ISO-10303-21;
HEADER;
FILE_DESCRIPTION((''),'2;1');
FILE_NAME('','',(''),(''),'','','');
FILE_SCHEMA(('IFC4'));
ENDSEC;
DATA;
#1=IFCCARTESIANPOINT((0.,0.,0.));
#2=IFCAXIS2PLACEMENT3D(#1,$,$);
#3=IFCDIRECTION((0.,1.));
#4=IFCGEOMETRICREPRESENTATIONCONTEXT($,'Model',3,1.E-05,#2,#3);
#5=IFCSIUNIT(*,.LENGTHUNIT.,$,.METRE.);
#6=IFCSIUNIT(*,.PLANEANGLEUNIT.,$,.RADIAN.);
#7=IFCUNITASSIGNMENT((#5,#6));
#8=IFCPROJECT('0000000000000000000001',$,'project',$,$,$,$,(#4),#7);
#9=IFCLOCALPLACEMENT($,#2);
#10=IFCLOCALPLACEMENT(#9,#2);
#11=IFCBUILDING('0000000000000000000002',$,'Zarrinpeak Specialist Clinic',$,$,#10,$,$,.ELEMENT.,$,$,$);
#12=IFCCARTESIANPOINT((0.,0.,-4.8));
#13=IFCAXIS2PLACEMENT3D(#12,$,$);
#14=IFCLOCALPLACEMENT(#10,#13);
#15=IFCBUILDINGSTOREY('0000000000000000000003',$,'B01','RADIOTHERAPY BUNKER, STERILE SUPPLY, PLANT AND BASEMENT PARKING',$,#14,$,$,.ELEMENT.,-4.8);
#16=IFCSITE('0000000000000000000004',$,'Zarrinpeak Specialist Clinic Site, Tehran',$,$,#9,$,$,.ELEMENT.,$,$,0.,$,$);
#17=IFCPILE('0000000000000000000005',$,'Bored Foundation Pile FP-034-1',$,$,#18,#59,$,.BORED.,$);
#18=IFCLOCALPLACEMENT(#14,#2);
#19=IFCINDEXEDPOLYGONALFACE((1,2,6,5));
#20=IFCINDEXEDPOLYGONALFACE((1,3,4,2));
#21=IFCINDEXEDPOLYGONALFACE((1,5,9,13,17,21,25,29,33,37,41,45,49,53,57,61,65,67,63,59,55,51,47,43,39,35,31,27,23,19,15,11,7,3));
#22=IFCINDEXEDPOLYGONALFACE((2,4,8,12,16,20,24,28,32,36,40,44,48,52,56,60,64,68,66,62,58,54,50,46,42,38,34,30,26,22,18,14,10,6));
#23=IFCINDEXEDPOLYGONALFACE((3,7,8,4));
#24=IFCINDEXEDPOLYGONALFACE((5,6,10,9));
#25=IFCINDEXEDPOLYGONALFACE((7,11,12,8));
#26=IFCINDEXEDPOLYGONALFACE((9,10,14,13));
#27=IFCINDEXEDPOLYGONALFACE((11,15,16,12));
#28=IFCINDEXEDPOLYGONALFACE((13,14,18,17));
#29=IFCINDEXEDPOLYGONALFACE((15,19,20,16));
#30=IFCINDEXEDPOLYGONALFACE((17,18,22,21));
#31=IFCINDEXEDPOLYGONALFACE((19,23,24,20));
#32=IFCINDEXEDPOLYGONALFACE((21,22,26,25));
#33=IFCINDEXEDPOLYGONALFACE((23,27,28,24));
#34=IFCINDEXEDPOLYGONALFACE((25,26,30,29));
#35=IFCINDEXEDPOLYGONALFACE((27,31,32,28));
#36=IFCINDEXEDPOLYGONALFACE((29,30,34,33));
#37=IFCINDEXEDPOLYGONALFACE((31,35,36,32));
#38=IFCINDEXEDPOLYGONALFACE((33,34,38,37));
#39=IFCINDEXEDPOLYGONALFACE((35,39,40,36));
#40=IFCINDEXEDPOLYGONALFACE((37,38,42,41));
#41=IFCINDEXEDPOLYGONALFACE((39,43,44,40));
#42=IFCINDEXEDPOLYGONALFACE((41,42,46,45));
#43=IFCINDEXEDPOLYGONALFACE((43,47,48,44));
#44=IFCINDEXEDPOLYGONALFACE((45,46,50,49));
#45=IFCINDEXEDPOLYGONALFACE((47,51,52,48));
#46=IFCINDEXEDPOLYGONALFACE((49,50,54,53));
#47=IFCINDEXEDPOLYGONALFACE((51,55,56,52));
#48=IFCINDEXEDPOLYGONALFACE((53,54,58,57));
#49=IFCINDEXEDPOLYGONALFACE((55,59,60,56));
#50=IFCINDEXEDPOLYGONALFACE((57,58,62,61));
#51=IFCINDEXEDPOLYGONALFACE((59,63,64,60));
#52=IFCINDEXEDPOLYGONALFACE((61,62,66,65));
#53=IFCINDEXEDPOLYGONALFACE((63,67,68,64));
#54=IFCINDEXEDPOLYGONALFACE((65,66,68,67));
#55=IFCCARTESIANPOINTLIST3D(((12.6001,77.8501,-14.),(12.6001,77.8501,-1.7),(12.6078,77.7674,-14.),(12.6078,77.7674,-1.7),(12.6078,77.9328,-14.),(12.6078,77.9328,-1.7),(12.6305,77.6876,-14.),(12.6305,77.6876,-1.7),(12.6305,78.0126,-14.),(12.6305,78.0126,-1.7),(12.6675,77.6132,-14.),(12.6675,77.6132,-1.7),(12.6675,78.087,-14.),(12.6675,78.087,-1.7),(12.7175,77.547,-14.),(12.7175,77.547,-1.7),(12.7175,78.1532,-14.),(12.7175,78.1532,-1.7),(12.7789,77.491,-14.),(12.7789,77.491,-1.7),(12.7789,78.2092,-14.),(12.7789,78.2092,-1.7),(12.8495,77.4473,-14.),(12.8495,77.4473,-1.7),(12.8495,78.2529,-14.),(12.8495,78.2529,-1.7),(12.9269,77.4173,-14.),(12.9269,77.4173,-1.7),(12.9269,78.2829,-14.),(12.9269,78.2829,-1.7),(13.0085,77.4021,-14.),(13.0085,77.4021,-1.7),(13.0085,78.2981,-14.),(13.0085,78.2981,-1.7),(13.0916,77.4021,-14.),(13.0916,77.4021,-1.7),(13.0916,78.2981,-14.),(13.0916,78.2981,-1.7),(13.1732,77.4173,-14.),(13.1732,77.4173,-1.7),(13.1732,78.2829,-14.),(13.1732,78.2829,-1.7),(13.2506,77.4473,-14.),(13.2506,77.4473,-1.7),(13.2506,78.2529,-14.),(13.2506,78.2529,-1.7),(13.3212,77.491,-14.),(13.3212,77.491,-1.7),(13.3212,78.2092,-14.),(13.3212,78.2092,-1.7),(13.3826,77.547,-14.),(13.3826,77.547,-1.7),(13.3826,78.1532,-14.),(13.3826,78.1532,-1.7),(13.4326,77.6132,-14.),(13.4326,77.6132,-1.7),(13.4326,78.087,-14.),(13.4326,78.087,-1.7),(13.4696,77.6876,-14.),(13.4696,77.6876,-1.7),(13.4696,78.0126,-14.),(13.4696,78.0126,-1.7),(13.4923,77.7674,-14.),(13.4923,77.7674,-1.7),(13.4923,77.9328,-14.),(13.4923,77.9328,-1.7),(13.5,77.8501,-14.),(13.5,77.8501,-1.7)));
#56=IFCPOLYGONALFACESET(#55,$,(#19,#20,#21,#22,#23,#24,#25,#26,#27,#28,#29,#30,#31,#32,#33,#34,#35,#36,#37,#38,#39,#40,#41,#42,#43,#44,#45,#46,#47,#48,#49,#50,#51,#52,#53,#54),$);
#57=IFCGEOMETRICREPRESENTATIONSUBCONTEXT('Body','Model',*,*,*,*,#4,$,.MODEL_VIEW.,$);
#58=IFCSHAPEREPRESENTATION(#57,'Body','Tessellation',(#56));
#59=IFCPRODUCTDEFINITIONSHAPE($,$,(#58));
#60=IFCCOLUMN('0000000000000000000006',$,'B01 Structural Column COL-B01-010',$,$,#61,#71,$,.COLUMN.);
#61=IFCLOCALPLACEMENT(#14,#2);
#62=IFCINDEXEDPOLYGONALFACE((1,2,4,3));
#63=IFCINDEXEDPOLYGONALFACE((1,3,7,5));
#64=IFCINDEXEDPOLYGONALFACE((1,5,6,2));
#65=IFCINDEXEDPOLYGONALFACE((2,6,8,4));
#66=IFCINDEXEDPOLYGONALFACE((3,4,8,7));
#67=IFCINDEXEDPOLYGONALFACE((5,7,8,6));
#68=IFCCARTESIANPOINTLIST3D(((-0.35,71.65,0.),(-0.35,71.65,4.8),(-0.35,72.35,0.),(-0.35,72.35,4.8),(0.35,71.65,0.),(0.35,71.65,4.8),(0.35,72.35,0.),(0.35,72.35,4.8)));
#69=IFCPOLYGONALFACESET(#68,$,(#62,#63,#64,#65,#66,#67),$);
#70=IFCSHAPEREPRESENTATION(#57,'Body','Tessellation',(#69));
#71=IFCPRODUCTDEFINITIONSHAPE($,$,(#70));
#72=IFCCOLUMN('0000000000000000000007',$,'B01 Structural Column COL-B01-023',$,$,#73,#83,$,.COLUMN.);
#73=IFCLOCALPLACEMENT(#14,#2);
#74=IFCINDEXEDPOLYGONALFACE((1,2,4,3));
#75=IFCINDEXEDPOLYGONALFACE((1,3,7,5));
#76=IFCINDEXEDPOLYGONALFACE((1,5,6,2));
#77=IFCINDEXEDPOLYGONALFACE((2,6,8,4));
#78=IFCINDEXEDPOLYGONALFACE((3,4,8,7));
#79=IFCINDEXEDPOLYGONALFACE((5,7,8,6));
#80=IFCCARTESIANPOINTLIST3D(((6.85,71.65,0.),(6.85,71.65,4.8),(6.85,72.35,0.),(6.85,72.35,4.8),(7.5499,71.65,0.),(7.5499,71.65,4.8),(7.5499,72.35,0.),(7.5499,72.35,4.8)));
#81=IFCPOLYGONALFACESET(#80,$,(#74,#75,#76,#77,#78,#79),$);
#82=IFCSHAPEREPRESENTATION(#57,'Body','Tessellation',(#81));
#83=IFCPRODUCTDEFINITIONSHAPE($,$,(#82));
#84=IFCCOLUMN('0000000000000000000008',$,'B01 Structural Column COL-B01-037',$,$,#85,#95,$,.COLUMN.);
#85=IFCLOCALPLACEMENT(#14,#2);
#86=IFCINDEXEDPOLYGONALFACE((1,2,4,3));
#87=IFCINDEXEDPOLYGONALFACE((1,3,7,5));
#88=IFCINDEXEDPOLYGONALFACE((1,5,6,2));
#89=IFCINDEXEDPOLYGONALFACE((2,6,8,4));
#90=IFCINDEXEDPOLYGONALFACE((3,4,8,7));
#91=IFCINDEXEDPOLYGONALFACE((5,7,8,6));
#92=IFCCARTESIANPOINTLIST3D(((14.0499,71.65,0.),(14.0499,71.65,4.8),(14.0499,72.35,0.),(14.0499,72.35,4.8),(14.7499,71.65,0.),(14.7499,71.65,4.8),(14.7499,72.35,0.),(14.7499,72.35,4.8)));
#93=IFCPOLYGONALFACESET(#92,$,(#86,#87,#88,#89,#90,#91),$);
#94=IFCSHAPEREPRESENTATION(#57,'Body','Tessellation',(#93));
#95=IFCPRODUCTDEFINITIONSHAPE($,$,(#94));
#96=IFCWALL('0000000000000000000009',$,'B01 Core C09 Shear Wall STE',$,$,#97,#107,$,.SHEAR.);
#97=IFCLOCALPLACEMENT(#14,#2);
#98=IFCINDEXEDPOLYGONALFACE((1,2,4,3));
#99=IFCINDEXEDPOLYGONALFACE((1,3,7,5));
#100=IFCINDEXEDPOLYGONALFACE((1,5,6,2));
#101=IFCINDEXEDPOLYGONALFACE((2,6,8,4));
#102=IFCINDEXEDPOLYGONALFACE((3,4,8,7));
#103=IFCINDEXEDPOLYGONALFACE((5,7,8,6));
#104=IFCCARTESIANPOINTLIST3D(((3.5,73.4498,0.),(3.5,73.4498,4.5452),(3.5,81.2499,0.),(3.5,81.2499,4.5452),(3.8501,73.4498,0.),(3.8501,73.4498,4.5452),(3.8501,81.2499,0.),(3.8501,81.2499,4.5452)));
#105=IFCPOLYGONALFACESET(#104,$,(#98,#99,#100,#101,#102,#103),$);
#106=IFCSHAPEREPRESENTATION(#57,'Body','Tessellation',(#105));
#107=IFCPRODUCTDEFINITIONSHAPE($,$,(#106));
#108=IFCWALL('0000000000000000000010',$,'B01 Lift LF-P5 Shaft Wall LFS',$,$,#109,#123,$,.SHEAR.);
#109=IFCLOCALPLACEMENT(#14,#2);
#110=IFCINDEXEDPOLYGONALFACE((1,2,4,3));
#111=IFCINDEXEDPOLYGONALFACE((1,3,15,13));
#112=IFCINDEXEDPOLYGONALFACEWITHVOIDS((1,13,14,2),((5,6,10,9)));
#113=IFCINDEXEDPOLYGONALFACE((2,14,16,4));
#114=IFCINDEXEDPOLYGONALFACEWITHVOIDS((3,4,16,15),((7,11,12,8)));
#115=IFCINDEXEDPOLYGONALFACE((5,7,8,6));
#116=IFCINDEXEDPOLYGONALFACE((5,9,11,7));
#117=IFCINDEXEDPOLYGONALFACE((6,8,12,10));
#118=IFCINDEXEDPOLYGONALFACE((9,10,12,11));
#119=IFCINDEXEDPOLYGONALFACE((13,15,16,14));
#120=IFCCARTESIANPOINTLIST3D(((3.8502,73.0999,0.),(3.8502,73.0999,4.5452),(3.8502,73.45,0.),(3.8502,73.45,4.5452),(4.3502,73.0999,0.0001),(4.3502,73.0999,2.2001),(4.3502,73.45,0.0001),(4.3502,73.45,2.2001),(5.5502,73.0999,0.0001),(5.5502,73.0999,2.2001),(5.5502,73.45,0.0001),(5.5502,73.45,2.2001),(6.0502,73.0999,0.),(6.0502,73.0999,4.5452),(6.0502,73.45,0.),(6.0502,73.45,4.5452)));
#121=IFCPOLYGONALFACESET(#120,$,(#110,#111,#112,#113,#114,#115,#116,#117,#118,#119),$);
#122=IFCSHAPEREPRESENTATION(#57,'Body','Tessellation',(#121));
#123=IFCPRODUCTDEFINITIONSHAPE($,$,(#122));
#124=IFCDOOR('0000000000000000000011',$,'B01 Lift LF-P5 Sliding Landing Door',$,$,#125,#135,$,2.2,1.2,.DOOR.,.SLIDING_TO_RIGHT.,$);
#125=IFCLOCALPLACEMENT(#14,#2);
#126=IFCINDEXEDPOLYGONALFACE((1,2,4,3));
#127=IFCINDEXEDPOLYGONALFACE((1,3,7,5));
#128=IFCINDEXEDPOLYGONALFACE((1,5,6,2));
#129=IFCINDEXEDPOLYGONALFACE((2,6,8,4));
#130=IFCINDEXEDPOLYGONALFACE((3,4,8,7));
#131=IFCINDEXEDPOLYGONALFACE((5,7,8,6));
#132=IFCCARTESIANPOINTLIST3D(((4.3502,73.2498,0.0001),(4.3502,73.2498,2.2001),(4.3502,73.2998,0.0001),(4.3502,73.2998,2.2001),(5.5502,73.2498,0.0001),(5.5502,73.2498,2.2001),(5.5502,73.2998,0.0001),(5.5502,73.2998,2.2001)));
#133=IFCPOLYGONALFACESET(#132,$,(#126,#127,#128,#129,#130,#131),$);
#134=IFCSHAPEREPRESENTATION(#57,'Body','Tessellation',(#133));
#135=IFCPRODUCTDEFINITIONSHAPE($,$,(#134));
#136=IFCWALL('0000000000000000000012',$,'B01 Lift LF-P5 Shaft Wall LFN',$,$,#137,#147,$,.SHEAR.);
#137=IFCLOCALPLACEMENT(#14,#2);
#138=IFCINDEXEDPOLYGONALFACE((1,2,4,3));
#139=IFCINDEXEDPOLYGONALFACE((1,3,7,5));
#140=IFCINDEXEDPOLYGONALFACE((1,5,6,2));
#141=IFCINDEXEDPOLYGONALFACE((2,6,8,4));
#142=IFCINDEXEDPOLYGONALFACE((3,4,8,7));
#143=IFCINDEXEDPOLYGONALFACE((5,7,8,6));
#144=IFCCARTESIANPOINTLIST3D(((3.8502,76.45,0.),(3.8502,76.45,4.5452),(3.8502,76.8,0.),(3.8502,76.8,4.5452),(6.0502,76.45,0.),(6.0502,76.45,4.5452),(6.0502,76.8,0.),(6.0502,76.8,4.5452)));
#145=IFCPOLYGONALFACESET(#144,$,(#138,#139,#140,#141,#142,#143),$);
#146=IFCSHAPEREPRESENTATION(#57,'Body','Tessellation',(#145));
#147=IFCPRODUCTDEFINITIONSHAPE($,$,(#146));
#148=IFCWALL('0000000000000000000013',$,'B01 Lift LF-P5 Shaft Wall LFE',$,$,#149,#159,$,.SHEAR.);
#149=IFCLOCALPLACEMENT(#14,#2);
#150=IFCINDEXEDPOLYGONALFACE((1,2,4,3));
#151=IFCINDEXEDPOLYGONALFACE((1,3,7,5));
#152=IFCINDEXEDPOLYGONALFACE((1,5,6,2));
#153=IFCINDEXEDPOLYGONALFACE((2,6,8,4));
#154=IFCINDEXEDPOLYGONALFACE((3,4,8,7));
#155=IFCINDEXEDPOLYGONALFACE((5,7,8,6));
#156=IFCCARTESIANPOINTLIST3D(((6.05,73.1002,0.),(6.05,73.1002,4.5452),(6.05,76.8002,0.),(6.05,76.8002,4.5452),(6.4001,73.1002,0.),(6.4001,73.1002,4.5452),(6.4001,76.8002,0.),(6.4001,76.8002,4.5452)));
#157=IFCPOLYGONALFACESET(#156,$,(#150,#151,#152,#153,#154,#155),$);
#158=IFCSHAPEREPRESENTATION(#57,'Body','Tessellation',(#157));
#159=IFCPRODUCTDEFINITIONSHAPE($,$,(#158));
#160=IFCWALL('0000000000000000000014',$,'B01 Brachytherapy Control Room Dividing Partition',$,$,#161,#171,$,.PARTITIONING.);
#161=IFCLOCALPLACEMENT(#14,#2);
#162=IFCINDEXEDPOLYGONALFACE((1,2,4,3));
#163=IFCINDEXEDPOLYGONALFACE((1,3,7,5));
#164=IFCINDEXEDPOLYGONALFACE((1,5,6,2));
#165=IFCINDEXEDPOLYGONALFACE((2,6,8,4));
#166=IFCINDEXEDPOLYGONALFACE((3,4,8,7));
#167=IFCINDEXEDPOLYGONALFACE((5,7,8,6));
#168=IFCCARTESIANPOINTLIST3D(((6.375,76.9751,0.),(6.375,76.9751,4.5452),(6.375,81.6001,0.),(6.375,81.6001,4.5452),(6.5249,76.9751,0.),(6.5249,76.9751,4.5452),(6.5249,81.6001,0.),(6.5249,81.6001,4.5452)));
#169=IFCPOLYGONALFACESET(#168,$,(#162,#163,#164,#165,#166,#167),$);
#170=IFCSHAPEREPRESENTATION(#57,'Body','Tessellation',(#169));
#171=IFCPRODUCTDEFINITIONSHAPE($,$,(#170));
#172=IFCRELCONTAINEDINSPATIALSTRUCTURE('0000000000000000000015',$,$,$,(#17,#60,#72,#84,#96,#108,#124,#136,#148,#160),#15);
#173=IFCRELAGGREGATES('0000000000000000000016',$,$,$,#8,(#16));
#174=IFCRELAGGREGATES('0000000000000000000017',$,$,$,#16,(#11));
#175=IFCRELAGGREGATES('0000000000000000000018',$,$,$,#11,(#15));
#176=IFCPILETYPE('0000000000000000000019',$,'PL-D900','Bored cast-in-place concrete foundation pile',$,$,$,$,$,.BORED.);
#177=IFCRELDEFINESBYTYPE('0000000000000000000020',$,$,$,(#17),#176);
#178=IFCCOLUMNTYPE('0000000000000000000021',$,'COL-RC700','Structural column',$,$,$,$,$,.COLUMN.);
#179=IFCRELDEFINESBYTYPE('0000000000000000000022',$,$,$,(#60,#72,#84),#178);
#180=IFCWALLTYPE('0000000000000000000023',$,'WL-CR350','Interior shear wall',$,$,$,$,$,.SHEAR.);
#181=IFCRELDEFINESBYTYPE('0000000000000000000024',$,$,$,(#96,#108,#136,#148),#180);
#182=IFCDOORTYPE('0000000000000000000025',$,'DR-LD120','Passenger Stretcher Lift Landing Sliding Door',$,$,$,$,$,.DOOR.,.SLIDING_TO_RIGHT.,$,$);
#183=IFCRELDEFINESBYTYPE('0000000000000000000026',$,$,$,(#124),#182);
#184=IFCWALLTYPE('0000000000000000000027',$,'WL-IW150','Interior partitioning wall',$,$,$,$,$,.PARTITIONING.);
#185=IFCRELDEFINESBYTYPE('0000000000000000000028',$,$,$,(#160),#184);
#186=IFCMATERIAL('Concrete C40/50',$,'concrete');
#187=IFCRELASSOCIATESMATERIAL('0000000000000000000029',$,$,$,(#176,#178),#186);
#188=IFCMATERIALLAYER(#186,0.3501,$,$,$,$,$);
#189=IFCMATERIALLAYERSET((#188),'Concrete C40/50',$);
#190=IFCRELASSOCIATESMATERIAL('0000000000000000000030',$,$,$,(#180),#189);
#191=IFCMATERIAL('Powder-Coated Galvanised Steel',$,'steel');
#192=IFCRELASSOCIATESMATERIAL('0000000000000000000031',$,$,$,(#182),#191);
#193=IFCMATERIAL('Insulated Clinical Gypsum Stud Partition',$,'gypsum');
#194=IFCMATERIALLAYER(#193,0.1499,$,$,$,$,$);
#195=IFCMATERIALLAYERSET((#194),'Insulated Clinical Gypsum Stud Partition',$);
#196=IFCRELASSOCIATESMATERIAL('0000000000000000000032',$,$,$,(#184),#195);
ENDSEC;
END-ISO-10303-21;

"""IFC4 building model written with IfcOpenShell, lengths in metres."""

from ifc_helpers import new_model, si_unit, direction, frame, frame_2d, origin, origin_2d, place, context, subcontext, project, spatial, rectangle, circle, extrude, material, layer, layer_set, material_profile, profile_set, type_object, element, fill, save


model = new_model("IFC4")

# Units and contexts
model_context = context("Model", 3, precision=1e-05, world=origin(), true_north=direction((0.0, 1.0)))
body_context = subcontext(model_context, "Body", "Model", "MODEL_VIEW")
ifc_project = project(units=[si_unit("LENGTHUNIT", "METRE"), si_unit("PLANEANGLEUNIT", "RADIAN")], contexts=[model_context])

# Site, building, storey
site_placement = place(None, origin())
site = spatial("IfcSite", under=ifc_project, at=site_placement, Name="Zarrinpeak Specialist Clinic Site, Tehran", CompositionType="ELEMENT", RefElevation=0.0)
building_placement = place(site_placement, origin())
building = spatial("IfcBuilding", under=site, at=building_placement, Name="Zarrinpeak Specialist Clinic", CompositionType="ELEMENT")
storey_placement = place(building_placement, frame((0.0, 0.0, -4.8)))
storey = spatial("IfcBuildingStorey", under=building, at=storey_placement, Name="B01", Description="RADIOTHERAPY BUNKER, STERILE SUPPLY, PLANT AND BASEMENT PARKING", CompositionType="ELEMENT", Elevation=-4.8)

# Shared definitions
ifc_material_1 = material(Name="Concrete C40/50", Category="concrete")

# Pile
ifc_material_profile_1 = material_profile(ifc_material_1, circle(Radius=0.45, at=origin_2d()), Name="BORED PILE D900")
ifc_profile_set_1 = profile_set([ifc_material_profile_1], Name="Concrete C40/50")
pile_type = type_object("IfcPileType", Name="PL-D900", Description="Bored cast-in-place concrete foundation pile", PredefinedType="BORED", material=ifc_profile_set_1)
for number, where, z_axis, x_axis, name in (
    (1, (13.05, 77.8501, -1.7), (0.0, 0.0, -1.0), (1.0, 0.0, 0.0), "Bored Foundation Pile FP-034-1"),
):
    element("IfcPile", number, at=place(storey_placement, frame(where, z_axis=z_axis, x_axis=x_axis)), inside=storey, type_object=pile_type, Name=name, PredefinedType="BORED", context=body_context, shape_type="SweptSolid", body=[
        extrude(circle(Radius=0.45, at=origin_2d()), origin(), (0.0, 0.0, 1.0), 12.3),
    ])

# Columns
ifc_material_profile_2 = material_profile(ifc_material_1, rectangle(XDim=0.7, YDim=0.7, at=origin_2d()), Name="RC 700x700")
ifc_profile_set_2 = profile_set([ifc_material_profile_2], Name="Concrete C40/50")
column_type = type_object("IfcColumnType", Name="COL-RC700", Description="Structural column", PredefinedType="COLUMN", material=ifc_profile_set_2)
for number, where, z_axis, x_axis, name in (
    (2, (0.0, 72.0, 0.0), (0.0, 0.0, 1.0), (1.0, 0.0, 0.0), "B01 Structural Column COL-B01-010"),
    (3, (7.2, 72.0, 0.0), (0.0, 0.0, 1.0), (1.0, 0.0, 0.0), "B01 Structural Column COL-B01-023"),
    (4, (14.3999, 72.0, 0.0), (0.0, 0.0, 1.0), (1.0, 0.0, 0.0), "B01 Structural Column COL-B01-037"),
):
    element("IfcColumn", number, at=place(storey_placement, frame(where, z_axis=z_axis, x_axis=x_axis)), inside=storey, type_object=column_type, Name=name, PredefinedType="COLUMN", context=body_context, shape_type="SweptSolid", body=[
        extrude(rectangle(XDim=0.7, YDim=0.7, at=origin_2d()), origin(), (0.0, 0.0, 1.0), 4.8),
    ])

# Shared definitions
ifc_layer_1 = layer(ifc_material_1, 0.3501)
ifc_layer_set_1 = layer_set([ifc_layer_1], Name="Concrete C40/50")
wall_type_1 = type_object("IfcWallType", Name="WL-CR350", Description="Interior shear wall", PredefinedType="SHEAR", material=ifc_layer_set_1)
ifc_material_2 = material(Name="Powder-Coated Galvanised Steel", Category="steel")

# Wall
wall_1_placement = place(storey_placement, frame((3.675, 73.45, 0.0), z_axis=(0.0, 0.0, 1.0), x_axis=(0.0, 1.0, 0.0)))
element("IfcWall", 5, at=wall_1_placement, inside=storey, type_object=wall_type_1, Name="B01 Core C09 Shear Wall STE", PredefinedType="SHEAR", context=body_context, shape_type="SweptSolid", body=[
    extrude(rectangle(XDim=7.8, YDim=0.3501, at=frame_2d((3.8999, 0.0))), origin(), (0.0, 0.0, 1.0), 4.5452),
])

# Wall, opening, door
wall_2_placement = place(storey_placement, frame((3.8501, 73.2749, 0.0), z_axis=(0.0, 0.0, 1.0), x_axis=(1.0, 0.0, 0.0)))
wall_2 = element("IfcWall", 6, at=wall_2_placement, inside=storey, type_object=wall_type_1, Name="B01 Lift LF-P5 Shaft Wall LFS", PredefinedType="SHEAR", context=body_context, shape_type="SweptSolid", body=[
    extrude(rectangle(XDim=2.2, YDim=0.3501, at=frame_2d((1.1001, 0.0))), origin(), (0.0, 0.0, 1.0), 4.5452),
])
opening_1_placement = place(wall_2_placement, frame((0.5, 0.0, 0.0)))
opening_1 = element("IfcOpeningElement", 7, at=opening_1_placement, cuts=wall_2, PredefinedType="OPENING", context=body_context, shape_type="SweptSolid", body=[
    extrude(rectangle(XDim=1.2, YDim=2.2, at=frame_2d((0.6001, 1.1001))), frame((0.0, 0.1851, 0.0), z_axis=(0.0, -1.0, 0.0), x_axis=(1.0, 0.0, 0.0)), (0.0, 0.0, 1.0), 0.3701),
])
door_type_1 = type_object("IfcDoorType", Name="DR-LD120", Description="Passenger Stretcher Lift Landing Sliding Door", OperationType="SLIDING_TO_RIGHT", PredefinedType="DOOR", material=ifc_material_2)
door_1_placement = place(opening_1_placement, origin())
door_1 = element("IfcDoor", 8, at=door_1_placement, inside=storey, type_object=door_type_1, Name="B01 Lift LF-P5 Sliding Landing Door", OperationType="SLIDING_TO_RIGHT", OverallHeight=2.2, OverallWidth=1.2, PredefinedType="DOOR", context=body_context, shape_type="SweptSolid", body=[
    extrude(rectangle(XDim=1.2, YDim=2.2, at=frame_2d((0.6001, 1.1001))), frame((0.0, 0.0249, 0.0), z_axis=(0.0, -1.0, 0.0), x_axis=(1.0, 0.0, 0.0)), (0.0, 0.0, 1.0), 0.05),
])
fill(opening_1, door_1)

# Walls
wall_3_placement = place(storey_placement, frame((3.8501, 76.625, 0.0), z_axis=(0.0, 0.0, 1.0), x_axis=(1.0, 0.0, 0.0)))
element("IfcWall", 9, at=wall_3_placement, inside=storey, type_object=wall_type_1, Name="B01 Lift LF-P5 Shaft Wall LFN", PredefinedType="SHEAR", context=body_context, shape_type="SweptSolid", body=[
    extrude(rectangle(XDim=2.2, YDim=0.3501, at=frame_2d((1.1001, 0.0))), origin(), (0.0, 0.0, 1.0), 4.5452),
])
wall_4_placement = place(storey_placement, frame((6.2251, 73.1001, 0.0), z_axis=(0.0, 0.0, 1.0), x_axis=(0.0, 1.0, 0.0)))
element("IfcWall", 10, at=wall_4_placement, inside=storey, type_object=wall_type_1, Name="B01 Lift LF-P5 Shaft Wall LFE", PredefinedType="SHEAR", context=body_context, shape_type="SweptSolid", body=[
    extrude(rectangle(XDim=3.7, YDim=0.3501, at=frame_2d((1.8501, 0.0))), origin(), (0.0, 0.0, 1.0), 4.5452),
])
ifc_material_3 = material(Name="Insulated Clinical Gypsum Stud Partition", Category="gypsum")
ifc_layer_2 = layer(ifc_material_3, 0.1499)
ifc_layer_set_2 = layer_set([ifc_layer_2], Name="Insulated Clinical Gypsum Stud Partition")
wall_type_2 = type_object("IfcWallType", Name="WL-IW150", Description="Interior partitioning wall", PredefinedType="PARTITIONING", material=ifc_layer_set_2)
wall_5_placement = place(storey_placement, frame((6.45, 76.9751, 0.0), z_axis=(0.0, 0.0, 1.0), x_axis=(0.0, 1.0, 0.0)))
element("IfcWall", 11, at=wall_5_placement, inside=storey, type_object=wall_type_2, Name="B01 Brachytherapy Control Room Dividing Partition", PredefinedType="PARTITIONING", context=body_context, shape_type="SweptSolid", body=[
    extrude(rectangle(XDim=4.625, YDim=0.1499, at=frame_2d((2.3125, 0.0))), origin(), (0.0, 0.0, 1.0), 4.5452),
])

save(model, "model.ifc")
